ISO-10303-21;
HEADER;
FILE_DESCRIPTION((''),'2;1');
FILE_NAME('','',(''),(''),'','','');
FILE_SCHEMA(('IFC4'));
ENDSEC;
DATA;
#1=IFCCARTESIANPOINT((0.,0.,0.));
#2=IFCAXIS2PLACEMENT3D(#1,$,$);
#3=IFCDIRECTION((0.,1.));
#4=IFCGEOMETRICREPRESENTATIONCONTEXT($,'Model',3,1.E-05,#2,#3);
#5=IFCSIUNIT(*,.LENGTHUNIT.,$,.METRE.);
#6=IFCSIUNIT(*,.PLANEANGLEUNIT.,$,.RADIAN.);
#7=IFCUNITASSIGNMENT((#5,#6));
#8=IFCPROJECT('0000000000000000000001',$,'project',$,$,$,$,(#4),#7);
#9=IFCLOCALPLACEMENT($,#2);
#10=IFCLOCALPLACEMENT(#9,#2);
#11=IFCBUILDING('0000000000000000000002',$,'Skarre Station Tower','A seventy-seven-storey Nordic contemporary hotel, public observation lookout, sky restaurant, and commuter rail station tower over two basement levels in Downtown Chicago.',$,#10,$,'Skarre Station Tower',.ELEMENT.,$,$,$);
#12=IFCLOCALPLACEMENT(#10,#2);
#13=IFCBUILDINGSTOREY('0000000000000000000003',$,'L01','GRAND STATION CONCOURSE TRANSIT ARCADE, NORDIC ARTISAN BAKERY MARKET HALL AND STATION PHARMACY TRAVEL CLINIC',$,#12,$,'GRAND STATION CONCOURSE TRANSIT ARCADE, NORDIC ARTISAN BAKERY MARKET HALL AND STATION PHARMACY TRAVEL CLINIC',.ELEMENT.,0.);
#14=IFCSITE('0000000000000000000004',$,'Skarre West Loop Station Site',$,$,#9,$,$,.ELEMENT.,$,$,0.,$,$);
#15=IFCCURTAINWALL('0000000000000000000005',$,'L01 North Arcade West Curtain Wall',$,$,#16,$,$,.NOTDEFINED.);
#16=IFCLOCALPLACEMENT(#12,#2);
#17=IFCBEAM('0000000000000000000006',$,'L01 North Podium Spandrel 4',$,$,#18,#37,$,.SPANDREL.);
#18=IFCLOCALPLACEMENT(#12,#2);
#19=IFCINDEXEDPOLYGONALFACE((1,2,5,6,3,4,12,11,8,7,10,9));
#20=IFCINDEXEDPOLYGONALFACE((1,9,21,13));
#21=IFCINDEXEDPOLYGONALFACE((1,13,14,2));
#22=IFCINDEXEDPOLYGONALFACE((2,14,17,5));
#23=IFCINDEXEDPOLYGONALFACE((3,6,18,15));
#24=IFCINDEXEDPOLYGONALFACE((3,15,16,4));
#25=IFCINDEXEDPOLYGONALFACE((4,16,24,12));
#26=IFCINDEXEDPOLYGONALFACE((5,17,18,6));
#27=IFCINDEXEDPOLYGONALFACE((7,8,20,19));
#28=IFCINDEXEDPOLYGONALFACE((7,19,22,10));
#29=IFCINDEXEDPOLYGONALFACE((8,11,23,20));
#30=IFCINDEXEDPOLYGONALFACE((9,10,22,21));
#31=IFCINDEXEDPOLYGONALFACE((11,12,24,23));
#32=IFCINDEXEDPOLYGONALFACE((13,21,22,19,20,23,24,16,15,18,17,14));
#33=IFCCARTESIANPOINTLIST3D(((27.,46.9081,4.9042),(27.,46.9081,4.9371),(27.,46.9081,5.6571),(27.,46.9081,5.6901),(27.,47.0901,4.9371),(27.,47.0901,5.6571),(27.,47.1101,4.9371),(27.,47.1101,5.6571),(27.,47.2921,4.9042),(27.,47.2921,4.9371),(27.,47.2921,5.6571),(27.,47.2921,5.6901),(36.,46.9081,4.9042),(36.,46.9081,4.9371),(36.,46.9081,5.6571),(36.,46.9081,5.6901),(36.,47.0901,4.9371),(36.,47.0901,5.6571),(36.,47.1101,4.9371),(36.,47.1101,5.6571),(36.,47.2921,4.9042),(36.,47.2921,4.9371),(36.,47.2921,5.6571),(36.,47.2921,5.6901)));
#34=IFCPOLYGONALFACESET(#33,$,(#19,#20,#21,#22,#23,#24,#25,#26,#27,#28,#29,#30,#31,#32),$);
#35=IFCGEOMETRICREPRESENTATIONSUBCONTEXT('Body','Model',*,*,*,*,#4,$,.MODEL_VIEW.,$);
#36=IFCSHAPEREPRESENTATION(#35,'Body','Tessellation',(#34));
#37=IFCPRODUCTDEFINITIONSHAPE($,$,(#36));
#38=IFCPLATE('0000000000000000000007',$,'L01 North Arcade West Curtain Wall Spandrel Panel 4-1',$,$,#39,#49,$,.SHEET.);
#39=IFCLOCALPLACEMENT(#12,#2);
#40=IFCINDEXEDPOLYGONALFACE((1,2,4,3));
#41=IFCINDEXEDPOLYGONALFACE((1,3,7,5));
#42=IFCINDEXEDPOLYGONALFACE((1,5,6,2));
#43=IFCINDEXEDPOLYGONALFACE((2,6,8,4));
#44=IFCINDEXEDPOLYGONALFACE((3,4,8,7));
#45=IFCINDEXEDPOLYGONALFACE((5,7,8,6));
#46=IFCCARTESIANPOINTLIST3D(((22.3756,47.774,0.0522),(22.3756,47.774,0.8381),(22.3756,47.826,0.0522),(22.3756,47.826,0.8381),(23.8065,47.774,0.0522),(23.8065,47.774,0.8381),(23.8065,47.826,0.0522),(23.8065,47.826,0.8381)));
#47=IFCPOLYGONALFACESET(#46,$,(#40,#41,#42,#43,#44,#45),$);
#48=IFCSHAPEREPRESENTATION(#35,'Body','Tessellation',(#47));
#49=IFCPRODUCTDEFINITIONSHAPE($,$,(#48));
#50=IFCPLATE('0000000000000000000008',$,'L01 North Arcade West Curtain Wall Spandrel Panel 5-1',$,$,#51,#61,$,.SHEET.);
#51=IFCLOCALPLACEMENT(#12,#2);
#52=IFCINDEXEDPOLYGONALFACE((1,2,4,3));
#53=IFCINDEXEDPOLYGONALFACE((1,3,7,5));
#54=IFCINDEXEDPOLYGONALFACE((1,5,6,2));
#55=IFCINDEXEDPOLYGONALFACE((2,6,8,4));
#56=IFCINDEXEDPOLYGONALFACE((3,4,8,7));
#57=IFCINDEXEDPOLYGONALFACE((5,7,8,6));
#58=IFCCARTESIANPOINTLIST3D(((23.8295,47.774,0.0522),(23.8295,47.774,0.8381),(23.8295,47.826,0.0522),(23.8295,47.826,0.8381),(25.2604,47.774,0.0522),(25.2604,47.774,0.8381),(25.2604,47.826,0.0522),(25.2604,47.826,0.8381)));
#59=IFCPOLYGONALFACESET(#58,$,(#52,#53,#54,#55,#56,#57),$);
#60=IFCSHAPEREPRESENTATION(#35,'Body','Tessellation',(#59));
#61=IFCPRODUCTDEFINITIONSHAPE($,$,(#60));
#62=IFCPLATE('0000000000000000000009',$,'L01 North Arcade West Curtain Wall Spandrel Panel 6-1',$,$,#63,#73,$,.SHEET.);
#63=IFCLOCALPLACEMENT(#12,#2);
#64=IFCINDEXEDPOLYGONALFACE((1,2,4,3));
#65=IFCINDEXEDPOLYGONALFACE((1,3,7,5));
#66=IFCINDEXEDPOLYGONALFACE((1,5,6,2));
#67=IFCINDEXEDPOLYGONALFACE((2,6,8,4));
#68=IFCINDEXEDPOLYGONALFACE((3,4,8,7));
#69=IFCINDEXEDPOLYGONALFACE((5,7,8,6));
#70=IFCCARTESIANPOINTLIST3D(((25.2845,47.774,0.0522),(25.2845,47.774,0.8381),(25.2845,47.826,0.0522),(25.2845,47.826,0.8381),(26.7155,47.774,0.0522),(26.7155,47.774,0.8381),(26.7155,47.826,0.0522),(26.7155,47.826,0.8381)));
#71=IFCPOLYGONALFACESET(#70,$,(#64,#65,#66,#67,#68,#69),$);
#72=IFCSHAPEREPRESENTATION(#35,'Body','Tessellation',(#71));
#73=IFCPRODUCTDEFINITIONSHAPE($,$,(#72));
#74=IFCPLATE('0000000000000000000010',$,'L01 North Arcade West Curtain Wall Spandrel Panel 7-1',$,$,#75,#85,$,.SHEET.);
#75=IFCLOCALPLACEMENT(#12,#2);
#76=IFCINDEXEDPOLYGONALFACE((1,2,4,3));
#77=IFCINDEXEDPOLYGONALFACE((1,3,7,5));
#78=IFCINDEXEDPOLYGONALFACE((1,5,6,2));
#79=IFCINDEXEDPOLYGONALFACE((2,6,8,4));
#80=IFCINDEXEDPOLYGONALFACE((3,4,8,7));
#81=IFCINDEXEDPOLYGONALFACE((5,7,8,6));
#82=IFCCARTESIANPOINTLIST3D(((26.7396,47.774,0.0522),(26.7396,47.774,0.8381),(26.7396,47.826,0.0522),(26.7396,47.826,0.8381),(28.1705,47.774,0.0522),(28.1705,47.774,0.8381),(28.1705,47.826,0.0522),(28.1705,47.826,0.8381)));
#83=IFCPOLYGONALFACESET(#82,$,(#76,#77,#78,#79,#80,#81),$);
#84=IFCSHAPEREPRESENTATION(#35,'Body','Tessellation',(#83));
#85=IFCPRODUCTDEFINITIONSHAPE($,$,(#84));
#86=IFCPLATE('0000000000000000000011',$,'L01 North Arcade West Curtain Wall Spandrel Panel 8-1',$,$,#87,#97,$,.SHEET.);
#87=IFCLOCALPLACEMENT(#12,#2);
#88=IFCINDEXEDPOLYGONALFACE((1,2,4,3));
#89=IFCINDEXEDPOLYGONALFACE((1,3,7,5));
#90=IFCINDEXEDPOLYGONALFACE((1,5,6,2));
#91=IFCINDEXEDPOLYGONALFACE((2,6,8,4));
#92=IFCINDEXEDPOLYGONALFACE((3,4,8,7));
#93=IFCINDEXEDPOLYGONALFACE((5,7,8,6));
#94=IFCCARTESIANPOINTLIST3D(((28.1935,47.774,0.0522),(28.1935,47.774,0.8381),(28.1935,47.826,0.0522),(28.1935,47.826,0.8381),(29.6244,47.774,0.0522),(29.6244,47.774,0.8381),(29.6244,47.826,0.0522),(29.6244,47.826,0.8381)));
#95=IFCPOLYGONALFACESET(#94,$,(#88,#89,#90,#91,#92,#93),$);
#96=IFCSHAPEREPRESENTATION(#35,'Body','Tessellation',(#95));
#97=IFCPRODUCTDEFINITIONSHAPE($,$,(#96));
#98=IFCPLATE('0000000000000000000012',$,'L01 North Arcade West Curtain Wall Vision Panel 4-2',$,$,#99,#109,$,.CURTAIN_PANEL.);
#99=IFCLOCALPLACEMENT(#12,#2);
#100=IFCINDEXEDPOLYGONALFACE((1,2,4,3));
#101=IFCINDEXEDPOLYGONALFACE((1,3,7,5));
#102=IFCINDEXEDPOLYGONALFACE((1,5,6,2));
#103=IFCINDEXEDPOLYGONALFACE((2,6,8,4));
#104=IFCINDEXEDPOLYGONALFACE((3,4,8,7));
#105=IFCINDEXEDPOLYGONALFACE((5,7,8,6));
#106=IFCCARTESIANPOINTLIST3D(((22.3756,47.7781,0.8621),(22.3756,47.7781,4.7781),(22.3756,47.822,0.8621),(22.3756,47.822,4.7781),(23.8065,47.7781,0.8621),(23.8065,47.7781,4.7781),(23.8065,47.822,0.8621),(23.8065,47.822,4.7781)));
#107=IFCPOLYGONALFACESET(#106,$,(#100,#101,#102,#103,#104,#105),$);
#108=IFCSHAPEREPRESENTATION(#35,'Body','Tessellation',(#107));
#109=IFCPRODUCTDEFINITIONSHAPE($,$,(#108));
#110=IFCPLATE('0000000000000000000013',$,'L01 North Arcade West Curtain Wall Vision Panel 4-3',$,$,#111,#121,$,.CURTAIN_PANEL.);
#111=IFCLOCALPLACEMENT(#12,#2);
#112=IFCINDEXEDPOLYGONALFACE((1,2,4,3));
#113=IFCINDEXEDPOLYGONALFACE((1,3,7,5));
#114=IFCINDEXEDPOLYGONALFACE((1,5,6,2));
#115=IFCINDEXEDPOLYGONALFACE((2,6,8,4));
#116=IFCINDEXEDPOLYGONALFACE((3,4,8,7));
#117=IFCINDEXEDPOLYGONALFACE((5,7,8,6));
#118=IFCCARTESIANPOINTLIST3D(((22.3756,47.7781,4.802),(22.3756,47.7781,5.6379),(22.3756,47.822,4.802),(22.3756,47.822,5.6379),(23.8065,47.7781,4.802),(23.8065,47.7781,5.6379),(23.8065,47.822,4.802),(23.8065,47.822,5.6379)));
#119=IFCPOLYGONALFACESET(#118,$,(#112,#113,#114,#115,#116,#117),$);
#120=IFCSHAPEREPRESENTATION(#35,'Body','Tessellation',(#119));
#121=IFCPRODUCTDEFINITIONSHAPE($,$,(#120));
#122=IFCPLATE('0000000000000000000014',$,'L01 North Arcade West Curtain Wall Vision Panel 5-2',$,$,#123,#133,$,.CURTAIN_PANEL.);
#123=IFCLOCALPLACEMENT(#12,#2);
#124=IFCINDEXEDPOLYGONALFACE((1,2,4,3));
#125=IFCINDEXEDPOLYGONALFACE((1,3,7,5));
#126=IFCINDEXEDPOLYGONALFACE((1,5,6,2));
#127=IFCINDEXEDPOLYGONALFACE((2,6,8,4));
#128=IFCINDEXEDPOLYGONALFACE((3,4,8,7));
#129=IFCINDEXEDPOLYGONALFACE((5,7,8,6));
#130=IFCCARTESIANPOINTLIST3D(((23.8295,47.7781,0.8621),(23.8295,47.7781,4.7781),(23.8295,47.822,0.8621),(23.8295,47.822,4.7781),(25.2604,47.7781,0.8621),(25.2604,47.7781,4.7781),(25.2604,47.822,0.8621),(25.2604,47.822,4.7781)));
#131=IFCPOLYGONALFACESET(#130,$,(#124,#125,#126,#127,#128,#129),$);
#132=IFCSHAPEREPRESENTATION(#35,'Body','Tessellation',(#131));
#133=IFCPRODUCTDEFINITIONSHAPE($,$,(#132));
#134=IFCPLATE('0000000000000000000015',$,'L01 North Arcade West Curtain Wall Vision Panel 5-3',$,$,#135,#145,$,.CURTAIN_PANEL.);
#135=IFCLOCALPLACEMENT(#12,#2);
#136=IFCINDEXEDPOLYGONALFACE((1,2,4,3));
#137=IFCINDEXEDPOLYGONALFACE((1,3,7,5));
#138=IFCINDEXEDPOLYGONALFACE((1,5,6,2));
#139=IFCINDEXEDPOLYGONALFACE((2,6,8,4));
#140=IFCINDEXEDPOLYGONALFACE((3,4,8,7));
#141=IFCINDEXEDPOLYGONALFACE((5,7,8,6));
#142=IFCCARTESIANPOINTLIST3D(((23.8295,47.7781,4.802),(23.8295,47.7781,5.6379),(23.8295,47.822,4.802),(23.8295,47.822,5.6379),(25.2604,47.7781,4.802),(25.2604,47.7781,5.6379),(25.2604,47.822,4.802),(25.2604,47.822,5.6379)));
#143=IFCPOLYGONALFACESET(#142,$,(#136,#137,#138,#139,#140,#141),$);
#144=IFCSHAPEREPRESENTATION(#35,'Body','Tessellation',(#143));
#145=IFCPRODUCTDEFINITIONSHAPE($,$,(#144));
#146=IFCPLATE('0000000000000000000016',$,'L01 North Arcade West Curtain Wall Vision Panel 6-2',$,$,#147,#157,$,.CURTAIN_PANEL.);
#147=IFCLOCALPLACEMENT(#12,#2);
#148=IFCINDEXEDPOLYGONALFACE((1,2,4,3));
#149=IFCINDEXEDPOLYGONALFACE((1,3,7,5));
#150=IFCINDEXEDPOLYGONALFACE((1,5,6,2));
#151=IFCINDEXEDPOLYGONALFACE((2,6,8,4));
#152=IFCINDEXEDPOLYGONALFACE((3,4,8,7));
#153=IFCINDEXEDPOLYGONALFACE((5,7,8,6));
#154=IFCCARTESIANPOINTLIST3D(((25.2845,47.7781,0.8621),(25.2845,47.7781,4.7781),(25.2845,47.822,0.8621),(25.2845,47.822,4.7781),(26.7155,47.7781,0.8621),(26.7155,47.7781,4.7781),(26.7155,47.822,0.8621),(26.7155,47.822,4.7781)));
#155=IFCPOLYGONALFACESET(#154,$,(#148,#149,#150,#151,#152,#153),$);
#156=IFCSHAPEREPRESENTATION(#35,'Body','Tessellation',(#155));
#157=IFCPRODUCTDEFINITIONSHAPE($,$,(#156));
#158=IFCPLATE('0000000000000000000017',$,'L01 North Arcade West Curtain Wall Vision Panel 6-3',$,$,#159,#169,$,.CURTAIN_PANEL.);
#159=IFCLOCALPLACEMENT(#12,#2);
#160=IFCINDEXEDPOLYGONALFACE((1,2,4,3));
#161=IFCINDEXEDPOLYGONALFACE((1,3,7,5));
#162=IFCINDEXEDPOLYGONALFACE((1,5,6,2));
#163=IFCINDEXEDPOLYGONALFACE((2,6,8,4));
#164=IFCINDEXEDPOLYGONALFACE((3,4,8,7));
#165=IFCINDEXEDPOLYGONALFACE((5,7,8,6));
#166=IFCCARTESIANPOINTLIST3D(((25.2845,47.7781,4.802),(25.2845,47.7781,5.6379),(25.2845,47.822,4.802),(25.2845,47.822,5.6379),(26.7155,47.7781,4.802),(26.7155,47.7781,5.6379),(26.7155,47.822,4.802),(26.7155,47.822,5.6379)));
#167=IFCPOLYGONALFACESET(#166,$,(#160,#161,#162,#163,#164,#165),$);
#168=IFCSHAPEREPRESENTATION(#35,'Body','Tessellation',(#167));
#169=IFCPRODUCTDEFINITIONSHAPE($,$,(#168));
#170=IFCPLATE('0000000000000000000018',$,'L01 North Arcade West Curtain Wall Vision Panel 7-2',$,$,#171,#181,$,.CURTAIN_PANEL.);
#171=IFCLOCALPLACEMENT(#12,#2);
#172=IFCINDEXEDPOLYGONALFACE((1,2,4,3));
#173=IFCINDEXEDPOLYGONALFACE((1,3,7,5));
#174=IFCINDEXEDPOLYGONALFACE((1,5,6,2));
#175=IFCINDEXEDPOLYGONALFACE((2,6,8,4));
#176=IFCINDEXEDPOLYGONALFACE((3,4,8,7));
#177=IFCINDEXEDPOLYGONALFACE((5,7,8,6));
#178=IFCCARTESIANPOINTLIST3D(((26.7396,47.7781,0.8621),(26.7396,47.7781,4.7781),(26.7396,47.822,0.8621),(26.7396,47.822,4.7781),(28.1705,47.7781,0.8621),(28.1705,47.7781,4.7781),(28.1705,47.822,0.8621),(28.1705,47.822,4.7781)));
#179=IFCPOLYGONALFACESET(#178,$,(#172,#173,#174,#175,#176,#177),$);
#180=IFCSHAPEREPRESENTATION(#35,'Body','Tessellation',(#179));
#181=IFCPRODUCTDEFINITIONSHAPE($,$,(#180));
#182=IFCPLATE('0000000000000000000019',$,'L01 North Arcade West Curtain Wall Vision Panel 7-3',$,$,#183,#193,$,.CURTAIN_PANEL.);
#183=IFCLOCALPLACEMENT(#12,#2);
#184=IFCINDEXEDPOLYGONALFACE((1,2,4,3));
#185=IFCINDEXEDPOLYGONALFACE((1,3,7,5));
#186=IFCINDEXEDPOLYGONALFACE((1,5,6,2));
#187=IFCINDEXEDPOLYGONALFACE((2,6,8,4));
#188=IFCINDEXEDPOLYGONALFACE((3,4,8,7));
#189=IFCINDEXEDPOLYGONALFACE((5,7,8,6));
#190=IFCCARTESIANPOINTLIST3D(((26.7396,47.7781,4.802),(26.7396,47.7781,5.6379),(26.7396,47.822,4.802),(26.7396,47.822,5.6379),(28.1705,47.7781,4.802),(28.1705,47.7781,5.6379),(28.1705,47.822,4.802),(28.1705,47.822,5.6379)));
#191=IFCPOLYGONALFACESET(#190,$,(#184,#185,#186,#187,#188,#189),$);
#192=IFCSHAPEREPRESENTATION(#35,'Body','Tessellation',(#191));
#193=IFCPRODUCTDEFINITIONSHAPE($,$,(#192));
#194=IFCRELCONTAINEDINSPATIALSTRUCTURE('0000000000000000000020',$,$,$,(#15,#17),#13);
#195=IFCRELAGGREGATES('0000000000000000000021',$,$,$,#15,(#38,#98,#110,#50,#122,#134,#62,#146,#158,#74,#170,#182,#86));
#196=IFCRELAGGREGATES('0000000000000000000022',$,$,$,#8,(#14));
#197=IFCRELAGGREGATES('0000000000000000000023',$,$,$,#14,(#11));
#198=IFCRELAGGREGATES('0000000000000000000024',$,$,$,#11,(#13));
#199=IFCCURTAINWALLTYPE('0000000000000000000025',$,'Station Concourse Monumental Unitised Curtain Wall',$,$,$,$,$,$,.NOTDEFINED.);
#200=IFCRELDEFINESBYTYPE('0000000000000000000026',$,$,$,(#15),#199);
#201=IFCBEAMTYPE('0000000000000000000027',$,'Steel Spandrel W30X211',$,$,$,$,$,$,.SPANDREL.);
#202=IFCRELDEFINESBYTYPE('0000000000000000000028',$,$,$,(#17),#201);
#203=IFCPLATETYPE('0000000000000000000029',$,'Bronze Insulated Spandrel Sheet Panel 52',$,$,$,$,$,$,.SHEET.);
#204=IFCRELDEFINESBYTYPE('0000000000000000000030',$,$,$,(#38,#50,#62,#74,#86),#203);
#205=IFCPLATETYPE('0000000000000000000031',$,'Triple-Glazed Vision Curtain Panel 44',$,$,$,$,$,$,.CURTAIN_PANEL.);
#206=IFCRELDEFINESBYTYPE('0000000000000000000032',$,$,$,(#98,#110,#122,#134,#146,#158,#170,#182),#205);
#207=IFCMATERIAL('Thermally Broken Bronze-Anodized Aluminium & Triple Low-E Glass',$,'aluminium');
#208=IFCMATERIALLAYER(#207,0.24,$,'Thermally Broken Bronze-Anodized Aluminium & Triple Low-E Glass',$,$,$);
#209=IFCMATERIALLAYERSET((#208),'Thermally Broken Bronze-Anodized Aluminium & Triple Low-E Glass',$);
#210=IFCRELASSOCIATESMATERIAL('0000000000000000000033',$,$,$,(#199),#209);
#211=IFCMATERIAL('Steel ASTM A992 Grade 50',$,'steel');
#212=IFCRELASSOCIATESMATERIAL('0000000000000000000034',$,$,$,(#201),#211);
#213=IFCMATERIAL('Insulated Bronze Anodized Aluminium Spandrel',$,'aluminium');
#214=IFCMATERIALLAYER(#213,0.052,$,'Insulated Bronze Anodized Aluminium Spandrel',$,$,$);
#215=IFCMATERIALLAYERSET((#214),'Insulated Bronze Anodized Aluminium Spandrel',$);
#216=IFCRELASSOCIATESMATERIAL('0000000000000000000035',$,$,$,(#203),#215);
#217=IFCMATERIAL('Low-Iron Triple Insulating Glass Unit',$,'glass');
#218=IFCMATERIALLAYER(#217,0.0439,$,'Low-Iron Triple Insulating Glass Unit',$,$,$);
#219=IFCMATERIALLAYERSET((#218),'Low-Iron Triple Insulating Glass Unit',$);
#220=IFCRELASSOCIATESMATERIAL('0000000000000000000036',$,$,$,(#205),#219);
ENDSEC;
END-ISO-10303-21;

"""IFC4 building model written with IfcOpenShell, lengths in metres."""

from ifc_helpers import new_model, si_unit, direction, frame, origin, origin_2d, place, context, subcontext, project, spatial, rectangle, i_section, extrude, material, layer, layer_set, material_profile, profile_set, type_object, element, aggregate, save


model = new_model("IFC4")

# Units and contexts
model_context = context("Model", 3, precision=1e-05, world=origin(), true_north=direction((0.0, 1.0)))
body_context = subcontext(model_context, "Body", "Model", "MODEL_VIEW")
ifc_project = project(units=[si_unit("LENGTHUNIT", "METRE"), si_unit("PLANEANGLEUNIT", "RADIAN")], contexts=[model_context])

# Site, building, storey
site_placement = place(None, origin())
site = spatial("IfcSite", under=ifc_project, at=site_placement, Name="Skarre West Loop Station Site", CompositionType="ELEMENT", RefElevation=0.0)
building_placement = place(site_placement, origin())
building = spatial("IfcBuilding", under=site, at=building_placement, Name="Skarre Station Tower", Description="A seventy-seven-storey Nordic contemporary hotel, public observation lookout, sky restaurant, and commuter rail station tower over two basement levels in Downtown Chicago.", LongName="Skarre Station Tower", CompositionType="ELEMENT")
storey_placement = place(building_placement, origin())
storey = spatial("IfcBuildingStorey", under=building, at=storey_placement, Name="L01", Description="GRAND STATION CONCOURSE TRANSIT ARCADE, NORDIC ARTISAN BAKERY MARKET HALL AND STATION PHARMACY TRAVEL CLINIC", LongName="GRAND STATION CONCOURSE TRANSIT ARCADE, NORDIC ARTISAN BAKERY MARKET HALL AND STATION PHARMACY TRAVEL CLINIC", CompositionType="ELEMENT", Elevation=0.0)

# Curtain wall
ifc_material_1 = material(Name="Thermally Broken Bronze-Anodized Aluminium & Triple Low-E Glass", Category="aluminium")
ifc_layer_1 = layer(ifc_material_1, 0.24, Name="Thermally Broken Bronze-Anodized Aluminium & Triple Low-E Glass")
ifc_layer_set_1 = layer_set([ifc_layer_1], Name="Thermally Broken Bronze-Anodized Aluminium & Triple Low-E Glass")
curtain_wall_type = type_object("IfcCurtainWallType", Name="Station Concourse Monumental Unitised Curtain Wall", PredefinedType="NOTDEFINED", material=ifc_layer_set_1)
curtain_wall_placement = place(storey_placement, origin())
curtain_wall = element("IfcCurtainWall", 1, at=curtain_wall_placement, inside=storey, type_object=curtain_wall_type, Name="L01 North Arcade West Curtain Wall", PredefinedType="NOTDEFINED")

# Beam
ifc_material_2 = material(Name="Steel ASTM A992 Grade 50", Category="steel")
ifc_material_profile_1 = material_profile(ifc_material_2, i_section(OverallWidth=0.384, OverallDepth=0.7859, WebThickness=0.02, FlangeThickness=0.033, at=origin_2d()), Name="Steel ASTM A992 Grade 50")
ifc_profile_set_1 = profile_set([ifc_material_profile_1], Name="Steel ASTM A992 Grade 50")
beam_type_1 = type_object("IfcBeamType", Name="Steel Spandrel W30X211", PredefinedType="SPANDREL", material=ifc_profile_set_1)
beam_placement = place(storey_placement, frame((27.0, 47.1001, 5.2971), z_axis=(1.0, 0.0, 0.0), x_axis=(0.0, 1.0, 0.0)))
element("IfcBeam", 2, at=beam_placement, inside=storey, type_object=beam_type_1, Name="L01 North Podium Spandrel 4", PredefinedType="SPANDREL", context=body_context, shape_type="SweptSolid", body=[
    extrude(i_section(OverallWidth=0.384, OverallDepth=0.7859, WebThickness=0.02, FlangeThickness=0.033, at=origin_2d()), origin(), (0.0, 0.0, 1.0), 9.0),
])

# Plates
ifc_material_3 = material(Name="Insulated Bronze Anodized Aluminium Spandrel", Category="aluminium")
ifc_layer_2 = layer(ifc_material_3, 0.052, Name="Insulated Bronze Anodized Aluminium Spandrel")
ifc_layer_set_2 = layer_set([ifc_layer_2], Name="Insulated Bronze Anodized Aluminium Spandrel")
plate_type_1 = type_object("IfcPlateType", Name="Bronze Insulated Spandrel Sheet Panel 52", PredefinedType="SHEET", material=ifc_layer_set_2)
plate_1_placement = place(storey_placement, frame((23.0911, 47.8, 0.0522), z_axis=(0.0, 0.0, 1.0), x_axis=(1.0, 0.0, 0.0)))
plate_1 = element("IfcPlate", 3, at=plate_1_placement, type_object=plate_type_1, Name="L01 North Arcade West Curtain Wall Spandrel Panel 4-1", PredefinedType="SHEET", context=body_context, shape_type="SweptSolid", body=[
    extrude(rectangle(XDim=1.4309, YDim=0.052, at=origin_2d()), origin(), (0.0, 0.0, 1.0), 0.7859),
])
plate_2_placement = place(storey_placement, frame((24.5449, 47.8, 0.0522), z_axis=(0.0, 0.0, 1.0), x_axis=(1.0, 0.0, 0.0)))
plate_2 = element("IfcPlate", 4, at=plate_2_placement, type_object=plate_type_1, Name="L01 North Arcade West Curtain Wall Spandrel Panel 5-1", PredefinedType="SHEET", context=body_context, shape_type="SweptSolid", body=[
    extrude(rectangle(XDim=1.4309, YDim=0.052, at=origin_2d()), origin(), (0.0, 0.0, 1.0), 0.7859),
])
plate_3_placement = place(storey_placement, frame((26.0, 47.8, 0.0522), z_axis=(0.0, 0.0, 1.0), x_axis=(1.0, 0.0, 0.0)))
plate_3 = element("IfcPlate", 5, at=plate_3_placement, type_object=plate_type_1, Name="L01 North Arcade West Curtain Wall Spandrel Panel 6-1", PredefinedType="SHEET", context=body_context, shape_type="SweptSolid", body=[
    extrude(rectangle(XDim=1.4309, YDim=0.052, at=origin_2d()), origin(), (0.0, 0.0, 1.0), 0.7859),
])
plate_4_placement = place(storey_placement, frame((27.4551, 47.8, 0.0522), z_axis=(0.0, 0.0, 1.0), x_axis=(1.0, 0.0, 0.0)))
plate_4 = element("IfcPlate", 6, at=plate_4_placement, type_object=plate_type_1, Name="L01 North Arcade West Curtain Wall Spandrel Panel 7-1", PredefinedType="SHEET", context=body_context, shape_type="SweptSolid", body=[
    extrude(rectangle(XDim=1.4309, YDim=0.052, at=origin_2d()), origin(), (0.0, 0.0, 1.0), 0.7859),
])
plate_5_placement = place(storey_placement, frame((28.9089, 47.8, 0.0522), z_axis=(0.0, 0.0, 1.0), x_axis=(1.0, 0.0, 0.0)))
plate_5 = element("IfcPlate", 7, at=plate_5_placement, type_object=plate_type_1, Name="L01 North Arcade West Curtain Wall Spandrel Panel 8-1", PredefinedType="SHEET", context=body_context, shape_type="SweptSolid", body=[
    extrude(rectangle(XDim=1.4309, YDim=0.052, at=origin_2d()), origin(), (0.0, 0.0, 1.0), 0.7859),
])
ifc_material_4 = material(Name="Low-Iron Triple Insulating Glass Unit", Category="glass")
ifc_layer_3 = layer(ifc_material_4, 0.0439, Name="Low-Iron Triple Insulating Glass Unit")
ifc_layer_set_3 = layer_set([ifc_layer_3], Name="Low-Iron Triple Insulating Glass Unit")
plate_type_2 = type_object("IfcPlateType", Name="Triple-Glazed Vision Curtain Panel 44", PredefinedType="CURTAIN_PANEL", material=ifc_layer_set_3)
plate_6_placement = place(storey_placement, frame((23.0911, 47.8, 0.8621), z_axis=(0.0, 0.0, 1.0), x_axis=(1.0, 0.0, 0.0)))
plate_6 = element("IfcPlate", 8, at=plate_6_placement, type_object=plate_type_2, Name="L01 North Arcade West Curtain Wall Vision Panel 4-2", PredefinedType="CURTAIN_PANEL", context=body_context, shape_type="SweptSolid", body=[
    extrude(rectangle(XDim=1.4309, YDim=0.0439, at=origin_2d()), origin(), (0.0, 0.0, 1.0), 3.916),
])
plate_7_placement = place(storey_placement, frame((23.0911, 47.8, 4.802), z_axis=(0.0, 0.0, 1.0), x_axis=(1.0, 0.0, 0.0)))
plate_7 = element("IfcPlate", 9, at=plate_7_placement, type_object=plate_type_2, Name="L01 North Arcade West Curtain Wall Vision Panel 4-3", PredefinedType="CURTAIN_PANEL", context=body_context, shape_type="SweptSolid", body=[
    extrude(rectangle(XDim=1.4309, YDim=0.0439, at=origin_2d()), origin(), (0.0, 0.0, 1.0), 0.8359),
])
plate_8_placement = place(storey_placement, frame((24.5449, 47.8, 0.8621), z_axis=(0.0, 0.0, 1.0), x_axis=(1.0, 0.0, 0.0)))
plate_8 = element("IfcPlate", 10, at=plate_8_placement, type_object=plate_type_2, Name="L01 North Arcade West Curtain Wall Vision Panel 5-2", PredefinedType="CURTAIN_PANEL", context=body_context, shape_type="SweptSolid", body=[
    extrude(rectangle(XDim=1.4309, YDim=0.0439, at=origin_2d()), origin(), (0.0, 0.0, 1.0), 3.916),
])
plate_9_placement = place(storey_placement, frame((24.5449, 47.8, 4.802), z_axis=(0.0, 0.0, 1.0), x_axis=(1.0, 0.0, 0.0)))
plate_9 = element("IfcPlate", 11, at=plate_9_placement, type_object=plate_type_2, Name="L01 North Arcade West Curtain Wall Vision Panel 5-3", PredefinedType="CURTAIN_PANEL", context=body_context, shape_type="SweptSolid", body=[
    extrude(rectangle(XDim=1.4309, YDim=0.0439, at=origin_2d()), origin(), (0.0, 0.0, 1.0), 0.8359),
])
plate_10_placement = place(storey_placement, frame((26.0, 47.8, 0.8621), z_axis=(0.0, 0.0, 1.0), x_axis=(1.0, 0.0, 0.0)))
plate_10 = element("IfcPlate", 12, at=plate_10_placement, type_object=plate_type_2, Name="L01 North Arcade West Curtain Wall Vision Panel 6-2", PredefinedType="CURTAIN_PANEL", context=body_context, shape_type="SweptSolid", body=[
    extrude(rectangle(XDim=1.4309, YDim=0.0439, at=origin_2d()), origin(), (0.0, 0.0, 1.0), 3.916),
])
plate_11_placement = place(storey_placement, frame((26.0, 47.8, 4.802), z_axis=(0.0, 0.0, 1.0), x_axis=(1.0, 0.0, 0.0)))
plate_11 = element("IfcPlate", 13, at=plate_11_placement, type_object=plate_type_2, Name="L01 North Arcade West Curtain Wall Vision Panel 6-3", PredefinedType="CURTAIN_PANEL", context=body_context, shape_type="SweptSolid", body=[
    extrude(rectangle(XDim=1.4309, YDim=0.0439, at=origin_2d()), origin(), (0.0, 0.0, 1.0), 0.8359),
])
plate_12_placement = place(storey_placement, frame((27.4551, 47.8, 0.8621), z_axis=(0.0, 0.0, 1.0), x_axis=(1.0, 0.0, 0.0)))
plate_12 = element("IfcPlate", 14, at=plate_12_placement, type_object=plate_type_2, Name="L01 North Arcade West Curtain Wall Vision Panel 7-2", PredefinedType="CURTAIN_PANEL", context=body_context, shape_type="SweptSolid", body=[
    extrude(rectangle(XDim=1.4309, YDim=0.0439, at=origin_2d()), origin(), (0.0, 0.0, 1.0), 3.916),
])
plate_13_placement = place(storey_placement, frame((27.4551, 47.8, 4.802), z_axis=(0.0, 0.0, 1.0), x_axis=(1.0, 0.0, 0.0)))
plate_13 = element("IfcPlate", 15, at=plate_13_placement, type_object=plate_type_2, Name="L01 North Arcade West Curtain Wall Vision Panel 7-3", PredefinedType="CURTAIN_PANEL", context=body_context, shape_type="SweptSolid", body=[
    extrude(rectangle(XDim=1.4309, YDim=0.0439, at=origin_2d()), origin(), (0.0, 0.0, 1.0), 0.8359),
])
aggregate(curtain_wall, [plate_1, plate_6, plate_7, plate_2, plate_8, plate_9, plate_3, plate_10, plate_11, plate_4, plate_12, plate_13, plate_5])

save(model, "model.ifc")
